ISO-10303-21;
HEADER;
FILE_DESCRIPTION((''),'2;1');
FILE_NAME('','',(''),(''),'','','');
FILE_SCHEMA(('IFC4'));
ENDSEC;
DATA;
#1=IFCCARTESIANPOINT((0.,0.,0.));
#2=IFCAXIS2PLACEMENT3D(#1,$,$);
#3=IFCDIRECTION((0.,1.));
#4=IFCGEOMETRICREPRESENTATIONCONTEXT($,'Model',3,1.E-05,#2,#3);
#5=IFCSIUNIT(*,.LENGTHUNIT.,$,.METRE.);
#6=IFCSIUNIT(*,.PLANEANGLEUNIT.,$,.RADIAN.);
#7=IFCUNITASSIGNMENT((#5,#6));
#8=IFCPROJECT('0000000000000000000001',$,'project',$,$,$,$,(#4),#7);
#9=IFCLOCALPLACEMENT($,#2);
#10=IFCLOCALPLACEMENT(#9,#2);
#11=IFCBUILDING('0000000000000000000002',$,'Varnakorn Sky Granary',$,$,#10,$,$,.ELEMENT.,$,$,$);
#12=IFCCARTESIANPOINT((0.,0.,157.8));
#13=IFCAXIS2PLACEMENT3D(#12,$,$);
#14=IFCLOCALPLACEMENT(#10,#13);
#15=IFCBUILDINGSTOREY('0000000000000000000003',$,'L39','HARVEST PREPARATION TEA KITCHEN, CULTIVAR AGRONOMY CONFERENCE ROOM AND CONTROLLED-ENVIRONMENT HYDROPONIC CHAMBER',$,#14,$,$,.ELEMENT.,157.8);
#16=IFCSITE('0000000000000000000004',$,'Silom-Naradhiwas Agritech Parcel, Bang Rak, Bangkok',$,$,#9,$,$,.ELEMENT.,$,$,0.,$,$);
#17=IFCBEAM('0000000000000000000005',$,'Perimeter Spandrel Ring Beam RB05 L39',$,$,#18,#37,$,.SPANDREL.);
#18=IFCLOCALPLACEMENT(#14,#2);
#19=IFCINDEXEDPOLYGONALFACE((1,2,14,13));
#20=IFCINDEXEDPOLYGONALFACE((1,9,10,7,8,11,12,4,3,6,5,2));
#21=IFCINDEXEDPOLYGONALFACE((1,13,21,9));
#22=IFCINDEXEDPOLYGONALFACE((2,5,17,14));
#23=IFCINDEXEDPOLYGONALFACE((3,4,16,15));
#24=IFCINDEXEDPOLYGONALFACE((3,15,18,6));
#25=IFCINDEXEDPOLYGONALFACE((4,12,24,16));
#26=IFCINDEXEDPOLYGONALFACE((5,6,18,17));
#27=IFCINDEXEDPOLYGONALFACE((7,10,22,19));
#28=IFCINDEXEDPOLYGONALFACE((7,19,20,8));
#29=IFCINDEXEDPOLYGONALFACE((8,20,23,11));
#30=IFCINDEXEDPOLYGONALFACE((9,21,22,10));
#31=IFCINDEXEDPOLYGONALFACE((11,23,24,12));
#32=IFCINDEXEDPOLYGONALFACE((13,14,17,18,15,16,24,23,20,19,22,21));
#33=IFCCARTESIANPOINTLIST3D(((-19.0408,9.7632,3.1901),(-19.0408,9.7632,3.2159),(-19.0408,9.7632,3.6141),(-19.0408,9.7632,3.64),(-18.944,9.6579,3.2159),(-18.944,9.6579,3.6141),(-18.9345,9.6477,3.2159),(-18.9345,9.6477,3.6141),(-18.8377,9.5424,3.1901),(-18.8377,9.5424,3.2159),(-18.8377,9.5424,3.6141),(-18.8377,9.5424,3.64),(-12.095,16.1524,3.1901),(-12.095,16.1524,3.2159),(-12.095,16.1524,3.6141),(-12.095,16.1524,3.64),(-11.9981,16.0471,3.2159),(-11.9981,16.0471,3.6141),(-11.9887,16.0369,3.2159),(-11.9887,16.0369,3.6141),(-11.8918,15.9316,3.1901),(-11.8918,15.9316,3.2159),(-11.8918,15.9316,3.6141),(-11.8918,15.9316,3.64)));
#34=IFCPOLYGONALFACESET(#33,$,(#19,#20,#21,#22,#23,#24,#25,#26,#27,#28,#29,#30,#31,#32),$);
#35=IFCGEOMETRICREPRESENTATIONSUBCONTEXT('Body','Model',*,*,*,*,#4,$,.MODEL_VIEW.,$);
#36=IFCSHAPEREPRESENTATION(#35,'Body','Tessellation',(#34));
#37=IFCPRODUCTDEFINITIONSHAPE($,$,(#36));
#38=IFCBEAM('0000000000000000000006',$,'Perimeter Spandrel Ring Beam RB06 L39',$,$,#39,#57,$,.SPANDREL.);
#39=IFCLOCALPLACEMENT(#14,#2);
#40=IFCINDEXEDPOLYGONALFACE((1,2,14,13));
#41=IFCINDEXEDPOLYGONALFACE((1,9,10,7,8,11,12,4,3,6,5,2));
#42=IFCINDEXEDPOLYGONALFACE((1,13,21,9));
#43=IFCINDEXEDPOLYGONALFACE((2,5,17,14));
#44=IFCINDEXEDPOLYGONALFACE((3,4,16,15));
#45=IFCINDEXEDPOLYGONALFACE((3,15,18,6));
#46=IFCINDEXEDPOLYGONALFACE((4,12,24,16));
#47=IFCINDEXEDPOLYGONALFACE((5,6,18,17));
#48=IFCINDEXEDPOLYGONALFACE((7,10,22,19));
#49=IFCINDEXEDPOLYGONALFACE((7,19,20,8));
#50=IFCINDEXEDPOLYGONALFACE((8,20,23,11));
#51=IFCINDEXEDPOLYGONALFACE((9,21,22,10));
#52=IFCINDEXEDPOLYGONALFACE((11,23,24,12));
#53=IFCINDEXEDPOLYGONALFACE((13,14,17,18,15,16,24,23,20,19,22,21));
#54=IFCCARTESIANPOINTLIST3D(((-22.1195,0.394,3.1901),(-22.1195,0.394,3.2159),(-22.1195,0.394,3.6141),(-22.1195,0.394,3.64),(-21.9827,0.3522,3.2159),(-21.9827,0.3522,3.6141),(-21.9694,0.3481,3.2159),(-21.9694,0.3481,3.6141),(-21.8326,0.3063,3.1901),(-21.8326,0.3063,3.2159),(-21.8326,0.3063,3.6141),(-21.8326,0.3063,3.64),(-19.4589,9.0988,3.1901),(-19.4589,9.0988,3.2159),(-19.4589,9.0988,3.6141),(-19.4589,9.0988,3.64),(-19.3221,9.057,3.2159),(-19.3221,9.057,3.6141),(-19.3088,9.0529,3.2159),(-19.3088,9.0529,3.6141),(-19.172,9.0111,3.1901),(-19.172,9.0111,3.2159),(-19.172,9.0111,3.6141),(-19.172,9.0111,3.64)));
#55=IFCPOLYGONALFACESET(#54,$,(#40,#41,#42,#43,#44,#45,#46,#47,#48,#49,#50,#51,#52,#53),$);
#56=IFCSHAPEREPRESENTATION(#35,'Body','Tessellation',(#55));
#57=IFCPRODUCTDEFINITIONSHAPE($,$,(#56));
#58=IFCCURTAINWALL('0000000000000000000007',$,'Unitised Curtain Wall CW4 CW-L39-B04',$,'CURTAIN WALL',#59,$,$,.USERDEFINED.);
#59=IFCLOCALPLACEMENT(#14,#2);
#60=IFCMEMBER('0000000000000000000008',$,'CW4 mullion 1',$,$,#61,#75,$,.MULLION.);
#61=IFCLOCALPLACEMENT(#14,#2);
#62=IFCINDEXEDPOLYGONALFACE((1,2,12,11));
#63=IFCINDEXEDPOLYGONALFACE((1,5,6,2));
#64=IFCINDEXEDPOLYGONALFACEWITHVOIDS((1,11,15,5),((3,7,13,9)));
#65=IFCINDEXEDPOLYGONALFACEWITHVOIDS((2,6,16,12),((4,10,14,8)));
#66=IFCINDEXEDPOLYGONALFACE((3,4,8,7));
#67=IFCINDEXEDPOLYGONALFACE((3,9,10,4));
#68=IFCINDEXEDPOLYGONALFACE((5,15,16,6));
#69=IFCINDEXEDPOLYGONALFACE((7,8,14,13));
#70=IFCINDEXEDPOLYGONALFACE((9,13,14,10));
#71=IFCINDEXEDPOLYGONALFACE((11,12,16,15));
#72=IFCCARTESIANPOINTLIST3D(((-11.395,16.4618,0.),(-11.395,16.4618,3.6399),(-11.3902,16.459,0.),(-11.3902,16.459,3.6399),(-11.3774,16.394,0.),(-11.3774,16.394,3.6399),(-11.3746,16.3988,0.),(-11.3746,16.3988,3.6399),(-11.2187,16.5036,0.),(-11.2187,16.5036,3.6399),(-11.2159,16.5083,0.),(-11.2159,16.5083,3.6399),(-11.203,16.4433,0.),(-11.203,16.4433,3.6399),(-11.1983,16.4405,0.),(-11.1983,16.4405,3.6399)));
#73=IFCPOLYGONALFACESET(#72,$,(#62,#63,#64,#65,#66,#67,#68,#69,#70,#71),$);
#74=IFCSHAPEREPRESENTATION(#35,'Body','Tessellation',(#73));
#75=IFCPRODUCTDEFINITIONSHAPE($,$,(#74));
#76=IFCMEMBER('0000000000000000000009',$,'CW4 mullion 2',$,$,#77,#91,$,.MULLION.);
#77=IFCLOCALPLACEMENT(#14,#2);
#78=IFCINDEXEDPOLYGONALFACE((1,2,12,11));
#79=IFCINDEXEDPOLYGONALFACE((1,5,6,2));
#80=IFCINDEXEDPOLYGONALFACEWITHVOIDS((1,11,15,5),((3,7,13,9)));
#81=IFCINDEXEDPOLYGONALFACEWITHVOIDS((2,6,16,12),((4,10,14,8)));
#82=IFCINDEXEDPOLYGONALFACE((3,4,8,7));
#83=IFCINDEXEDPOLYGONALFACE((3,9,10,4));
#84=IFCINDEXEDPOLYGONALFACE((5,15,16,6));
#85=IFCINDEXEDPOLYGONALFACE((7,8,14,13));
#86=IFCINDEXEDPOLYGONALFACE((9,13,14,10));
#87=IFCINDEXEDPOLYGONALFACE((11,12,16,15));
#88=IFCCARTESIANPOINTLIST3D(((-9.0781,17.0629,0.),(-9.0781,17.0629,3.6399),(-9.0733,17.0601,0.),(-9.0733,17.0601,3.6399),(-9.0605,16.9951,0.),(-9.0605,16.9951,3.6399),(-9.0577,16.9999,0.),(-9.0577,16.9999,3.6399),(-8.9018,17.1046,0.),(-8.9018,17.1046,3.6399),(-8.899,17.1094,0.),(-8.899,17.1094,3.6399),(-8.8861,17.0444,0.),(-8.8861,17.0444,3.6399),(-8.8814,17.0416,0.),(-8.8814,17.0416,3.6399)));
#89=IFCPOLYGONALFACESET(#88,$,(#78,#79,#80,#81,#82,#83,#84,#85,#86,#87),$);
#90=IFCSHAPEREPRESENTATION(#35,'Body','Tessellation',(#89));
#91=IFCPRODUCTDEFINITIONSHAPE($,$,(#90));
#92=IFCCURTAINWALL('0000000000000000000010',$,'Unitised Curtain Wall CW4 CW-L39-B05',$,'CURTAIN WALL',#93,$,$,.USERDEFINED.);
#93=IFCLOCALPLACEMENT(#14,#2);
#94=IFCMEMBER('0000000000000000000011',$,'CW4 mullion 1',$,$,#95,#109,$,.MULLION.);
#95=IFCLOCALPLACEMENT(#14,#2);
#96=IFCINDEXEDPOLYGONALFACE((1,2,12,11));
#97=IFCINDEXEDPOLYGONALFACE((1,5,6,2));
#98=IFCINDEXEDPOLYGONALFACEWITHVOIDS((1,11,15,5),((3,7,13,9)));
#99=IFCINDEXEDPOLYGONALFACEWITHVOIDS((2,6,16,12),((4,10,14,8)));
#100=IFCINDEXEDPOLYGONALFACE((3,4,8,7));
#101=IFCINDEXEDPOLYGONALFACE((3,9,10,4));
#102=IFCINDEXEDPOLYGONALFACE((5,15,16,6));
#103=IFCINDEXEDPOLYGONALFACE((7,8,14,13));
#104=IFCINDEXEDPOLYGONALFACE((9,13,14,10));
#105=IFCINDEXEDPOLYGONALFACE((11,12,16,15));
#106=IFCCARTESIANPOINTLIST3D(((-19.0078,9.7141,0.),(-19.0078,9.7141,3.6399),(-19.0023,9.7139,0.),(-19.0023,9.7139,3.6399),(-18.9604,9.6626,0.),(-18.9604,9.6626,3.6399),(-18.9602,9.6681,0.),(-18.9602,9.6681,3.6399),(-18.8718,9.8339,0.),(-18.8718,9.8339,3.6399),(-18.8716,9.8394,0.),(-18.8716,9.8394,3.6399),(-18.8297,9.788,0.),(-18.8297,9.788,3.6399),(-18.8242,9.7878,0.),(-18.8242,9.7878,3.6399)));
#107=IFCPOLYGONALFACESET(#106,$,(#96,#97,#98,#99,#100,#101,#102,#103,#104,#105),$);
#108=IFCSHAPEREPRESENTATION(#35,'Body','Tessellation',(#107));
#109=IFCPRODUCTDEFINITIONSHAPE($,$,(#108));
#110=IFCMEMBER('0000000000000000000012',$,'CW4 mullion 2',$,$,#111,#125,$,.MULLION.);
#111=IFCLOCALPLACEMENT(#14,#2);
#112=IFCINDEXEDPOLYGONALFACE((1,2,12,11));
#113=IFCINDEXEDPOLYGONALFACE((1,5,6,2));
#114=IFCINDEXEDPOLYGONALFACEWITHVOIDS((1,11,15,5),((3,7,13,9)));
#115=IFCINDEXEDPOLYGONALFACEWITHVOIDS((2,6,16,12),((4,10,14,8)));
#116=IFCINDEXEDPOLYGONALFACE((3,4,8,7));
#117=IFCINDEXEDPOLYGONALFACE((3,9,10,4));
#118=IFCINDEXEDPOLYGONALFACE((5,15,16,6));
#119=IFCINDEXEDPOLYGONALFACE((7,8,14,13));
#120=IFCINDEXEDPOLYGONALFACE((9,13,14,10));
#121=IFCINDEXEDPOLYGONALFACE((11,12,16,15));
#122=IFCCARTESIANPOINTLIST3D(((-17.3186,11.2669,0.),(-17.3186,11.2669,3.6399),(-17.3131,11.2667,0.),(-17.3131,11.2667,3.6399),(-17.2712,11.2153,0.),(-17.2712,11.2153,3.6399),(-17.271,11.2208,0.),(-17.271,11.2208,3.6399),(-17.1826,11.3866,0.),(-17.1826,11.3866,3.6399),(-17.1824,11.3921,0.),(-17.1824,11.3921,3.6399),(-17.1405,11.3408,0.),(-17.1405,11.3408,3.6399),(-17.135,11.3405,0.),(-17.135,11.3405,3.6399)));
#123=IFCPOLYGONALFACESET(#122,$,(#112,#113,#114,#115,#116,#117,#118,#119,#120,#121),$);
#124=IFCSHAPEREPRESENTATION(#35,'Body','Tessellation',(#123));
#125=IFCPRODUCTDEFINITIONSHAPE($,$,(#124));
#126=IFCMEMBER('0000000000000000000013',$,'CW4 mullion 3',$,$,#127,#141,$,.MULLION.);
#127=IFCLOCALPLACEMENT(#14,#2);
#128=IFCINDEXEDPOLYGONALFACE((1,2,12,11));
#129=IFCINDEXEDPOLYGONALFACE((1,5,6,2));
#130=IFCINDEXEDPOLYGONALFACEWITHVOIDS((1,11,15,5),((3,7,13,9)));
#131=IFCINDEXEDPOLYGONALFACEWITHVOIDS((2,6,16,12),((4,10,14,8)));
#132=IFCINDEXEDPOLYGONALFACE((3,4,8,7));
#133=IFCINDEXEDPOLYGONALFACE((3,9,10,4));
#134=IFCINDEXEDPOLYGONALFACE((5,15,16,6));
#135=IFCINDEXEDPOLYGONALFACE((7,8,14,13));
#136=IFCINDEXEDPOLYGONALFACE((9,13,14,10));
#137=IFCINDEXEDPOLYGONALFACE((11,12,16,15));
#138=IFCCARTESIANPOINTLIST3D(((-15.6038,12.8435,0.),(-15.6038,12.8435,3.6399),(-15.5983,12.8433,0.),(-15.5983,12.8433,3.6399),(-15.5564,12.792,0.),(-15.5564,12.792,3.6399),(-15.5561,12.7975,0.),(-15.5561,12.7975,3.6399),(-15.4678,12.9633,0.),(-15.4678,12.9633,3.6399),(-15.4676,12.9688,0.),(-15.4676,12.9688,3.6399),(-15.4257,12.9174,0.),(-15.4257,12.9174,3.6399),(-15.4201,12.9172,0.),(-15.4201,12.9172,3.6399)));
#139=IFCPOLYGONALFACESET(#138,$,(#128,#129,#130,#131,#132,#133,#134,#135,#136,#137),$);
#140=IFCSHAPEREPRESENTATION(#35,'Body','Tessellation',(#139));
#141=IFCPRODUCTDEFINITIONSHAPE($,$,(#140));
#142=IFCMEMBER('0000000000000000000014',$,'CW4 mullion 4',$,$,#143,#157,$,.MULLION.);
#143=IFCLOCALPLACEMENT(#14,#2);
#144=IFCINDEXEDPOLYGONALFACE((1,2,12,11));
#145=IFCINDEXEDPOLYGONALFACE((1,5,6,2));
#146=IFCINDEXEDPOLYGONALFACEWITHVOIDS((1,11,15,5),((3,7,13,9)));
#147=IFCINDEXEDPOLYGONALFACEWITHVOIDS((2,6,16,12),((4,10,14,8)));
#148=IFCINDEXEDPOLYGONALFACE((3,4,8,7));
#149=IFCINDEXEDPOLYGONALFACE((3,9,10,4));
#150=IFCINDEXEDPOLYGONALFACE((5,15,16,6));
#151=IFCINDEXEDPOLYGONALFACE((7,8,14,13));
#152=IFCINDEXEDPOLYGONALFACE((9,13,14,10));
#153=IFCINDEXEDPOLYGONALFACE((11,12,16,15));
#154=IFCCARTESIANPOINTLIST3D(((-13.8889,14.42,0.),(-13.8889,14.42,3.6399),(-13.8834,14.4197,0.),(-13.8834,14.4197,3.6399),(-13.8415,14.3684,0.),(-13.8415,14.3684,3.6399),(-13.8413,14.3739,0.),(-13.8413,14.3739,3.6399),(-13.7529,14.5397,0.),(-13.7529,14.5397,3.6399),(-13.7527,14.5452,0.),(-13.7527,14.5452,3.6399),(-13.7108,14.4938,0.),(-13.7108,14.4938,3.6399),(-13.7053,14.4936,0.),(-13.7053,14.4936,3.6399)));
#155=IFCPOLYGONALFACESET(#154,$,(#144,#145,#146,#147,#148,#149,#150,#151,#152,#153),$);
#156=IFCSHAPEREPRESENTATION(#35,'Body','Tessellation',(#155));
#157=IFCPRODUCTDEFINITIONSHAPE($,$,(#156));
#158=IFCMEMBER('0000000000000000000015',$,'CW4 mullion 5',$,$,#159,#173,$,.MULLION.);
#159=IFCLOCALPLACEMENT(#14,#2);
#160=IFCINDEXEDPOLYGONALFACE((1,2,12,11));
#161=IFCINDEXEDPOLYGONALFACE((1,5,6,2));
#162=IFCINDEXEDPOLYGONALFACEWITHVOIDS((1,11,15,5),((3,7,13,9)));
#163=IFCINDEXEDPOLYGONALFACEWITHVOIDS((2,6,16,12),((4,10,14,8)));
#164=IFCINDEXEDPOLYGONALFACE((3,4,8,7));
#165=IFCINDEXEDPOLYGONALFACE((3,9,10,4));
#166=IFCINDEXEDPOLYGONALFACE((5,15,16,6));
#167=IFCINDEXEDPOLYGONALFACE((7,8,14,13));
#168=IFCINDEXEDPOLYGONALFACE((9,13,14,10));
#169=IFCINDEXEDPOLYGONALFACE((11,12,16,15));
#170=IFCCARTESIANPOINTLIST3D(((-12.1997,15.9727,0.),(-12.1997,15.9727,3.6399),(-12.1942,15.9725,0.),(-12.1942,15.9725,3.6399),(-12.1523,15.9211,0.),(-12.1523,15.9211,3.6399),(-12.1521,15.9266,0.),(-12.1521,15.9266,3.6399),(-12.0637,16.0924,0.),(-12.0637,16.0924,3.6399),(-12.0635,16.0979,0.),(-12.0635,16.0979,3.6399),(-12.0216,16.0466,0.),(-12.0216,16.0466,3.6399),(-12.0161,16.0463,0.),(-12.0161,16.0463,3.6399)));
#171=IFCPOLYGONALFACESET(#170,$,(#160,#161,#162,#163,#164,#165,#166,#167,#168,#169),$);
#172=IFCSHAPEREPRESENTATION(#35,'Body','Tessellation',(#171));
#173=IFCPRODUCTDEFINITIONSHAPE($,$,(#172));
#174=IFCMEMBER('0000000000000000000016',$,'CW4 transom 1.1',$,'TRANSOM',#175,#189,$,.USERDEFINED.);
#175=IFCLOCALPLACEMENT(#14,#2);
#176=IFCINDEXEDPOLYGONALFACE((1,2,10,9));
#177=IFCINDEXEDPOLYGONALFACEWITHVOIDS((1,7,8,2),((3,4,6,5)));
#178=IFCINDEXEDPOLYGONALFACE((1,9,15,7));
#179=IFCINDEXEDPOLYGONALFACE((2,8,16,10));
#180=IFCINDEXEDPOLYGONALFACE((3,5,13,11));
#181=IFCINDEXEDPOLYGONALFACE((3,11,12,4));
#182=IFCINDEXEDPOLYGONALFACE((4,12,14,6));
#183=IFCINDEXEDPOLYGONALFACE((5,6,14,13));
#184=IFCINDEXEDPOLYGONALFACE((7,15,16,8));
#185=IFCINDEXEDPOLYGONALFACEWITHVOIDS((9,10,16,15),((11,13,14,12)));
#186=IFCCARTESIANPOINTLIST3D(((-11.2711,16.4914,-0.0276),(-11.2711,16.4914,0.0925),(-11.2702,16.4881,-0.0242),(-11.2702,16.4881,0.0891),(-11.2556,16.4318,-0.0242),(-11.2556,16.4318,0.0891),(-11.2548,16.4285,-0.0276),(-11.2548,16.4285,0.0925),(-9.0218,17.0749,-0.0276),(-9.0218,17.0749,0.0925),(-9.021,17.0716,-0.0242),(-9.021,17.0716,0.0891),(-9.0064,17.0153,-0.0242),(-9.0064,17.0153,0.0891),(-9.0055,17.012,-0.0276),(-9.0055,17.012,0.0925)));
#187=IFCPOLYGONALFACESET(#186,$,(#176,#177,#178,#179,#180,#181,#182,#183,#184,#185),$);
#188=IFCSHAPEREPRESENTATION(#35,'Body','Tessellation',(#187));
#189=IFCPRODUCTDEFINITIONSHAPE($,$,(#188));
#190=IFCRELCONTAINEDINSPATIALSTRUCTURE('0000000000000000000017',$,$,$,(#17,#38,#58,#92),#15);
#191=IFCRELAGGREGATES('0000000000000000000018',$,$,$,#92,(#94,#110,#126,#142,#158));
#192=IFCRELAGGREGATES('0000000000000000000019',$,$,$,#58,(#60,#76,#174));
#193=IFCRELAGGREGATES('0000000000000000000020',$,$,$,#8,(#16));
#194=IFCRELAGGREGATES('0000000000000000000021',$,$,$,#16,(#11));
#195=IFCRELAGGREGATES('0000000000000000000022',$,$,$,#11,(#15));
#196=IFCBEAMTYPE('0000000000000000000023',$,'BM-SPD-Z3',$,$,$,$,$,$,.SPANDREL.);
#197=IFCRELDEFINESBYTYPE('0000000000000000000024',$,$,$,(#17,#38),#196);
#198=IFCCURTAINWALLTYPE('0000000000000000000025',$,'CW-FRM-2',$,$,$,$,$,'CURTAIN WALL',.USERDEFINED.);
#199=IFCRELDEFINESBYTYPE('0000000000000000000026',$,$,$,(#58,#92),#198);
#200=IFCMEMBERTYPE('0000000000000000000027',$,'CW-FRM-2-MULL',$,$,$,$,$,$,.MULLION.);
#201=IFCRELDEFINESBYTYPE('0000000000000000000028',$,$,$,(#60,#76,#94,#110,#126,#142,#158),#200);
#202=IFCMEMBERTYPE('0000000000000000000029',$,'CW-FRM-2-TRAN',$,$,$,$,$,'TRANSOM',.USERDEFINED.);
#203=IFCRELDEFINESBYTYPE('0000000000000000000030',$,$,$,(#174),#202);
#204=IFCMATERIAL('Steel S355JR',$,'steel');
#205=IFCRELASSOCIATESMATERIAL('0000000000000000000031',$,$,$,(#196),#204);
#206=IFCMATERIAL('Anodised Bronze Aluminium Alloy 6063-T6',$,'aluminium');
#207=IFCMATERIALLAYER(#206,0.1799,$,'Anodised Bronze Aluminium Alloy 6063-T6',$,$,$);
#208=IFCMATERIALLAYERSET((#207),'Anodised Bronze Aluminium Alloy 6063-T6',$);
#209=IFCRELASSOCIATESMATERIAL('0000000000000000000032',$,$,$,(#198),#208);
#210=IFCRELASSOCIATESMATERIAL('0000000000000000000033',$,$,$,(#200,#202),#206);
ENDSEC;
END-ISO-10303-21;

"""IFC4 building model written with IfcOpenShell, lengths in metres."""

from ifc_helpers import new_model, si_unit, direction, frame, origin, origin_2d, place, context, subcontext, project, spatial, hollow_rectangle, i_section, extrude, material, layer, layer_set, material_profile, profile_set, type_object, element, aggregate, save


model = new_model("IFC4")

# Units and contexts
model_context = context("Model", 3, precision=1e-05, world=origin(), true_north=direction((0.0, 1.0)))
body_context = subcontext(model_context, "Body", "Model", "MODEL_VIEW")
ifc_project = project(units=[si_unit("LENGTHUNIT", "METRE"), si_unit("PLANEANGLEUNIT", "RADIAN")], contexts=[model_context])

# Site, building, storey
site_placement = place(None, origin())
site = spatial("IfcSite", under=ifc_project, at=site_placement, Name="Silom-Naradhiwas Agritech Parcel, Bang Rak, Bangkok", CompositionType="ELEMENT", RefElevation=0.0)
building_placement = place(site_placement, origin())
building = spatial("IfcBuilding", under=site, at=building_placement, Name="Varnakorn Sky Granary", CompositionType="ELEMENT")
storey_placement = place(building_placement, frame((0.0, 0.0, 157.8)))
storey = spatial("IfcBuildingStorey", under=building, at=storey_placement, Name="L39", Description="HARVEST PREPARATION TEA KITCHEN, CULTIVAR AGRONOMY CONFERENCE ROOM AND CONTROLLED-ENVIRONMENT HYDROPONIC CHAMBER", CompositionType="ELEMENT", Elevation=157.8)

# Beams
ifc_material_1 = material(Name="Steel S355JR", Category="steel")
ifc_material_profile_1 = material_profile(ifc_material_1, i_section(OverallWidth=0.3, OverallDepth=0.45, WebThickness=0.0139, FlangeThickness=0.0259, at=origin_2d()), Name="HE 450 B")
ifc_profile_set_1 = profile_set([ifc_material_profile_1], Name="Steel S355JR")
beam_type_1 = type_object("IfcBeamType", Name="BM-SPD-Z3", PredefinedType="SPANDREL", material=ifc_profile_set_1)
beam_1_placement = place(storey_placement, frame((-11.9934, 16.042, 3.415), z_axis=(-0.735983, -0.677, 0.0), x_axis=(0.677, -0.735983, 0.0)))
element("IfcBeam", 1, at=beam_1_placement, inside=storey, type_object=beam_type_1, Name="Perimeter Spandrel Ring Beam RB05 L39", PredefinedType="SPANDREL", context=body_context, shape_type="SweptSolid", body=[
    extrude(i_section(OverallWidth=0.3, OverallDepth=0.45, WebThickness=0.0139, FlangeThickness=0.0259, at=origin_2d()), origin(), (0.0, 0.0, 1.0), 9.4375),
])
beam_2_placement = place(storey_placement, frame((-19.3154, 9.0549, 3.415), z_axis=(-0.292302, -0.956326, 0.0), x_axis=(0.956326, -0.292302, 0.0)))
element("IfcBeam", 2, at=beam_2_placement, inside=storey, type_object=beam_type_1, Name="Perimeter Spandrel Ring Beam RB06 L39", PredefinedType="SPANDREL", context=body_context, shape_type="SweptSolid", body=[
    extrude(i_section(OverallWidth=0.3, OverallDepth=0.45, WebThickness=0.0139, FlangeThickness=0.0259, at=origin_2d()), origin(), (0.0, 0.0, 1.0), 9.1023),
])

# Curtain walls, members
ifc_material_2 = material(Name="Anodised Bronze Aluminium Alloy 6063-T6", Category="aluminium")
ifc_layer_1 = layer(ifc_material_2, 0.1799, Name="Anodised Bronze Aluminium Alloy 6063-T6")
ifc_layer_set_1 = layer_set([ifc_layer_1], Name="Anodised Bronze Aluminium Alloy 6063-T6")
curtain_wall_type = type_object("IfcCurtainWallType", Name="CW-FRM-2", ElementType="CURTAIN WALL", PredefinedType="USERDEFINED", material=ifc_layer_set_1)
curtain_wall_1_placement = place(storey_placement, origin())
curtain_wall_1 = element("IfcCurtainWall", 3, at=curtain_wall_1_placement, inside=storey, type_object=curtain_wall_type, Name="Unitised Curtain Wall CW4 CW-L39-B04", ObjectType="CURTAIN WALL", PredefinedType="USERDEFINED")
ifc_material_profile_2 = material_profile(ifc_material_2, hollow_rectangle(XDim=0.0701, YDim=0.1851, WallThickness=0.0039, at=origin_2d()), Name="ALU MULL 70x185")
ifc_profile_set_2 = profile_set([ifc_material_profile_2], Name="Anodised Bronze Aluminium Alloy 6063-T6")
member_type_1 = type_object("IfcMemberType", Name="CW-FRM-2-MULL", PredefinedType="MULLION", material=ifc_profile_set_2)
member_1_placement = place(storey_placement, frame((-11.2966, 16.4512, 0.0), z_axis=(0.0, 0.0, 1.0), x_axis=(-0.251146, 0.967949, 0.0)))
member_1 = element("IfcMember", 4, at=member_1_placement, type_object=member_type_1, Name="CW4 mullion 1", PredefinedType="MULLION", context=body_context, shape_type="SweptSolid", body=[
    extrude(hollow_rectangle(XDim=0.0701, YDim=0.1851, WallThickness=0.0039, at=origin_2d()), origin(), (0.0, 0.0, 1.0), 3.6399),
])
member_2_placement = place(storey_placement, frame((-8.9797, 17.0522, 0.0), z_axis=(0.0, 0.0, 1.0), x_axis=(-0.251146, 0.967949, 0.0)))
member_2 = element("IfcMember", 5, at=member_2_placement, type_object=member_type_1, Name="CW4 mullion 2", PredefinedType="MULLION", context=body_context, shape_type="SweptSolid", body=[
    extrude(hollow_rectangle(XDim=0.0701, YDim=0.1851, WallThickness=0.0039, at=origin_2d()), origin(), (0.0, 0.0, 1.0), 3.6399),
])
curtain_wall_2_placement = place(storey_placement, origin())
curtain_wall_2 = element("IfcCurtainWall", 6, at=curtain_wall_2_placement, inside=storey, type_object=curtain_wall_type, Name="Unitised Curtain Wall CW4 CW-L39-B05", ObjectType="CURTAIN WALL", PredefinedType="USERDEFINED")
member_3_placement = place(storey_placement, frame((-18.916, 9.751, 0.0), z_axis=(0.0, 0.0, 1.0), x_axis=(-0.676758, 0.736205, 0.0)))
member_3 = element("IfcMember", 7, at=member_3_placement, type_object=member_type_1, Name="CW4 mullion 1", PredefinedType="MULLION", context=body_context, shape_type="SweptSolid", body=[
    extrude(hollow_rectangle(XDim=0.0701, YDim=0.1851, WallThickness=0.0039, at=origin_2d()), origin(), (0.0, 0.0, 1.0), 3.6399),
])
member_4_placement = place(storey_placement, frame((-17.2268, 11.3037, 0.0), z_axis=(0.0, 0.0, 1.0), x_axis=(-0.676758, 0.736205, 0.0)))
member_4 = element("IfcMember", 8, at=member_4_placement, type_object=member_type_1, Name="CW4 mullion 2", PredefinedType="MULLION", context=body_context, shape_type="SweptSolid", body=[
    extrude(hollow_rectangle(XDim=0.0701, YDim=0.1851, WallThickness=0.0039, at=origin_2d()), origin(), (0.0, 0.0, 1.0), 3.6399),
])
member_5_placement = place(storey_placement, frame((-15.512, 12.8804, 0.0), z_axis=(0.0, 0.0, 1.0), x_axis=(-0.676758, 0.736205, 0.0)))
member_5 = element("IfcMember", 9, at=member_5_placement, type_object=member_type_1, Name="CW4 mullion 3", PredefinedType="MULLION", context=body_context, shape_type="SweptSolid", body=[
    extrude(hollow_rectangle(XDim=0.0701, YDim=0.1851, WallThickness=0.0039, at=origin_2d()), origin(), (0.0, 0.0, 1.0), 3.6399),
])
member_6_placement = place(storey_placement, frame((-13.7971, 14.4568, 0.0), z_axis=(0.0, 0.0, 1.0), x_axis=(-0.676758, 0.736205, 0.0)))
member_6 = element("IfcMember", 10, at=member_6_placement, type_object=member_type_1, Name="CW4 mullion 4", PredefinedType="MULLION", context=body_context, shape_type="SweptSolid", body=[
    extrude(hollow_rectangle(XDim=0.0701, YDim=0.1851, WallThickness=0.0039, at=origin_2d()), origin(), (0.0, 0.0, 1.0), 3.6399),
])
member_7_placement = place(storey_placement, frame((-12.1079, 16.0095, 0.0), z_axis=(0.0, 0.0, 1.0), x_axis=(-0.676758, 0.736205, 0.0)))
member_7 = element("IfcMember", 11, at=member_7_placement, type_object=member_type_1, Name="CW4 mullion 5", PredefinedType="MULLION", context=body_context, shape_type="SweptSolid", body=[
    extrude(hollow_rectangle(XDim=0.0701, YDim=0.1851, WallThickness=0.0039, at=origin_2d()), origin(), (0.0, 0.0, 1.0), 3.6399),
])

# Member
ifc_material_profile_3 = material_profile(ifc_material_2, hollow_rectangle(XDim=0.0649, YDim=0.1201, WallThickness=0.0034, at=origin_2d()), Name="ALU TRAN 65x120")
ifc_profile_set_3 = profile_set([ifc_material_profile_3], Name="Anodised Bronze Aluminium Alloy 6063-T6")
member_type_2 = type_object("IfcMemberType", Name="CW-FRM-2-TRAN", ElementType="TRANSOM", PredefinedType="USERDEFINED", material=ifc_profile_set_3)
member_8_placement = place(storey_placement, frame((-11.2629, 16.46, 0.0325), z_axis=(0.96796, 0.251104, 0.0), x_axis=(-0.251104, 0.96796, 0.0)))
member_8 = element("IfcMember", 12, at=member_8_placement, type_object=member_type_2, Name="CW4 transom 1.1", ObjectType="TRANSOM", PredefinedType="USERDEFINED", context=body_context, shape_type="SweptSolid", body=[
    extrude(hollow_rectangle(XDim=0.0649, YDim=0.1201, WallThickness=0.0034, at=origin_2d()), origin(), (0.0, 0.0, 1.0), 2.3237),
])

aggregate(curtain_wall_2, [member_3, member_4, member_5, member_6, member_7])
aggregate(curtain_wall_1, [member_1, member_2, member_8])

save(model, "model.ifc")
